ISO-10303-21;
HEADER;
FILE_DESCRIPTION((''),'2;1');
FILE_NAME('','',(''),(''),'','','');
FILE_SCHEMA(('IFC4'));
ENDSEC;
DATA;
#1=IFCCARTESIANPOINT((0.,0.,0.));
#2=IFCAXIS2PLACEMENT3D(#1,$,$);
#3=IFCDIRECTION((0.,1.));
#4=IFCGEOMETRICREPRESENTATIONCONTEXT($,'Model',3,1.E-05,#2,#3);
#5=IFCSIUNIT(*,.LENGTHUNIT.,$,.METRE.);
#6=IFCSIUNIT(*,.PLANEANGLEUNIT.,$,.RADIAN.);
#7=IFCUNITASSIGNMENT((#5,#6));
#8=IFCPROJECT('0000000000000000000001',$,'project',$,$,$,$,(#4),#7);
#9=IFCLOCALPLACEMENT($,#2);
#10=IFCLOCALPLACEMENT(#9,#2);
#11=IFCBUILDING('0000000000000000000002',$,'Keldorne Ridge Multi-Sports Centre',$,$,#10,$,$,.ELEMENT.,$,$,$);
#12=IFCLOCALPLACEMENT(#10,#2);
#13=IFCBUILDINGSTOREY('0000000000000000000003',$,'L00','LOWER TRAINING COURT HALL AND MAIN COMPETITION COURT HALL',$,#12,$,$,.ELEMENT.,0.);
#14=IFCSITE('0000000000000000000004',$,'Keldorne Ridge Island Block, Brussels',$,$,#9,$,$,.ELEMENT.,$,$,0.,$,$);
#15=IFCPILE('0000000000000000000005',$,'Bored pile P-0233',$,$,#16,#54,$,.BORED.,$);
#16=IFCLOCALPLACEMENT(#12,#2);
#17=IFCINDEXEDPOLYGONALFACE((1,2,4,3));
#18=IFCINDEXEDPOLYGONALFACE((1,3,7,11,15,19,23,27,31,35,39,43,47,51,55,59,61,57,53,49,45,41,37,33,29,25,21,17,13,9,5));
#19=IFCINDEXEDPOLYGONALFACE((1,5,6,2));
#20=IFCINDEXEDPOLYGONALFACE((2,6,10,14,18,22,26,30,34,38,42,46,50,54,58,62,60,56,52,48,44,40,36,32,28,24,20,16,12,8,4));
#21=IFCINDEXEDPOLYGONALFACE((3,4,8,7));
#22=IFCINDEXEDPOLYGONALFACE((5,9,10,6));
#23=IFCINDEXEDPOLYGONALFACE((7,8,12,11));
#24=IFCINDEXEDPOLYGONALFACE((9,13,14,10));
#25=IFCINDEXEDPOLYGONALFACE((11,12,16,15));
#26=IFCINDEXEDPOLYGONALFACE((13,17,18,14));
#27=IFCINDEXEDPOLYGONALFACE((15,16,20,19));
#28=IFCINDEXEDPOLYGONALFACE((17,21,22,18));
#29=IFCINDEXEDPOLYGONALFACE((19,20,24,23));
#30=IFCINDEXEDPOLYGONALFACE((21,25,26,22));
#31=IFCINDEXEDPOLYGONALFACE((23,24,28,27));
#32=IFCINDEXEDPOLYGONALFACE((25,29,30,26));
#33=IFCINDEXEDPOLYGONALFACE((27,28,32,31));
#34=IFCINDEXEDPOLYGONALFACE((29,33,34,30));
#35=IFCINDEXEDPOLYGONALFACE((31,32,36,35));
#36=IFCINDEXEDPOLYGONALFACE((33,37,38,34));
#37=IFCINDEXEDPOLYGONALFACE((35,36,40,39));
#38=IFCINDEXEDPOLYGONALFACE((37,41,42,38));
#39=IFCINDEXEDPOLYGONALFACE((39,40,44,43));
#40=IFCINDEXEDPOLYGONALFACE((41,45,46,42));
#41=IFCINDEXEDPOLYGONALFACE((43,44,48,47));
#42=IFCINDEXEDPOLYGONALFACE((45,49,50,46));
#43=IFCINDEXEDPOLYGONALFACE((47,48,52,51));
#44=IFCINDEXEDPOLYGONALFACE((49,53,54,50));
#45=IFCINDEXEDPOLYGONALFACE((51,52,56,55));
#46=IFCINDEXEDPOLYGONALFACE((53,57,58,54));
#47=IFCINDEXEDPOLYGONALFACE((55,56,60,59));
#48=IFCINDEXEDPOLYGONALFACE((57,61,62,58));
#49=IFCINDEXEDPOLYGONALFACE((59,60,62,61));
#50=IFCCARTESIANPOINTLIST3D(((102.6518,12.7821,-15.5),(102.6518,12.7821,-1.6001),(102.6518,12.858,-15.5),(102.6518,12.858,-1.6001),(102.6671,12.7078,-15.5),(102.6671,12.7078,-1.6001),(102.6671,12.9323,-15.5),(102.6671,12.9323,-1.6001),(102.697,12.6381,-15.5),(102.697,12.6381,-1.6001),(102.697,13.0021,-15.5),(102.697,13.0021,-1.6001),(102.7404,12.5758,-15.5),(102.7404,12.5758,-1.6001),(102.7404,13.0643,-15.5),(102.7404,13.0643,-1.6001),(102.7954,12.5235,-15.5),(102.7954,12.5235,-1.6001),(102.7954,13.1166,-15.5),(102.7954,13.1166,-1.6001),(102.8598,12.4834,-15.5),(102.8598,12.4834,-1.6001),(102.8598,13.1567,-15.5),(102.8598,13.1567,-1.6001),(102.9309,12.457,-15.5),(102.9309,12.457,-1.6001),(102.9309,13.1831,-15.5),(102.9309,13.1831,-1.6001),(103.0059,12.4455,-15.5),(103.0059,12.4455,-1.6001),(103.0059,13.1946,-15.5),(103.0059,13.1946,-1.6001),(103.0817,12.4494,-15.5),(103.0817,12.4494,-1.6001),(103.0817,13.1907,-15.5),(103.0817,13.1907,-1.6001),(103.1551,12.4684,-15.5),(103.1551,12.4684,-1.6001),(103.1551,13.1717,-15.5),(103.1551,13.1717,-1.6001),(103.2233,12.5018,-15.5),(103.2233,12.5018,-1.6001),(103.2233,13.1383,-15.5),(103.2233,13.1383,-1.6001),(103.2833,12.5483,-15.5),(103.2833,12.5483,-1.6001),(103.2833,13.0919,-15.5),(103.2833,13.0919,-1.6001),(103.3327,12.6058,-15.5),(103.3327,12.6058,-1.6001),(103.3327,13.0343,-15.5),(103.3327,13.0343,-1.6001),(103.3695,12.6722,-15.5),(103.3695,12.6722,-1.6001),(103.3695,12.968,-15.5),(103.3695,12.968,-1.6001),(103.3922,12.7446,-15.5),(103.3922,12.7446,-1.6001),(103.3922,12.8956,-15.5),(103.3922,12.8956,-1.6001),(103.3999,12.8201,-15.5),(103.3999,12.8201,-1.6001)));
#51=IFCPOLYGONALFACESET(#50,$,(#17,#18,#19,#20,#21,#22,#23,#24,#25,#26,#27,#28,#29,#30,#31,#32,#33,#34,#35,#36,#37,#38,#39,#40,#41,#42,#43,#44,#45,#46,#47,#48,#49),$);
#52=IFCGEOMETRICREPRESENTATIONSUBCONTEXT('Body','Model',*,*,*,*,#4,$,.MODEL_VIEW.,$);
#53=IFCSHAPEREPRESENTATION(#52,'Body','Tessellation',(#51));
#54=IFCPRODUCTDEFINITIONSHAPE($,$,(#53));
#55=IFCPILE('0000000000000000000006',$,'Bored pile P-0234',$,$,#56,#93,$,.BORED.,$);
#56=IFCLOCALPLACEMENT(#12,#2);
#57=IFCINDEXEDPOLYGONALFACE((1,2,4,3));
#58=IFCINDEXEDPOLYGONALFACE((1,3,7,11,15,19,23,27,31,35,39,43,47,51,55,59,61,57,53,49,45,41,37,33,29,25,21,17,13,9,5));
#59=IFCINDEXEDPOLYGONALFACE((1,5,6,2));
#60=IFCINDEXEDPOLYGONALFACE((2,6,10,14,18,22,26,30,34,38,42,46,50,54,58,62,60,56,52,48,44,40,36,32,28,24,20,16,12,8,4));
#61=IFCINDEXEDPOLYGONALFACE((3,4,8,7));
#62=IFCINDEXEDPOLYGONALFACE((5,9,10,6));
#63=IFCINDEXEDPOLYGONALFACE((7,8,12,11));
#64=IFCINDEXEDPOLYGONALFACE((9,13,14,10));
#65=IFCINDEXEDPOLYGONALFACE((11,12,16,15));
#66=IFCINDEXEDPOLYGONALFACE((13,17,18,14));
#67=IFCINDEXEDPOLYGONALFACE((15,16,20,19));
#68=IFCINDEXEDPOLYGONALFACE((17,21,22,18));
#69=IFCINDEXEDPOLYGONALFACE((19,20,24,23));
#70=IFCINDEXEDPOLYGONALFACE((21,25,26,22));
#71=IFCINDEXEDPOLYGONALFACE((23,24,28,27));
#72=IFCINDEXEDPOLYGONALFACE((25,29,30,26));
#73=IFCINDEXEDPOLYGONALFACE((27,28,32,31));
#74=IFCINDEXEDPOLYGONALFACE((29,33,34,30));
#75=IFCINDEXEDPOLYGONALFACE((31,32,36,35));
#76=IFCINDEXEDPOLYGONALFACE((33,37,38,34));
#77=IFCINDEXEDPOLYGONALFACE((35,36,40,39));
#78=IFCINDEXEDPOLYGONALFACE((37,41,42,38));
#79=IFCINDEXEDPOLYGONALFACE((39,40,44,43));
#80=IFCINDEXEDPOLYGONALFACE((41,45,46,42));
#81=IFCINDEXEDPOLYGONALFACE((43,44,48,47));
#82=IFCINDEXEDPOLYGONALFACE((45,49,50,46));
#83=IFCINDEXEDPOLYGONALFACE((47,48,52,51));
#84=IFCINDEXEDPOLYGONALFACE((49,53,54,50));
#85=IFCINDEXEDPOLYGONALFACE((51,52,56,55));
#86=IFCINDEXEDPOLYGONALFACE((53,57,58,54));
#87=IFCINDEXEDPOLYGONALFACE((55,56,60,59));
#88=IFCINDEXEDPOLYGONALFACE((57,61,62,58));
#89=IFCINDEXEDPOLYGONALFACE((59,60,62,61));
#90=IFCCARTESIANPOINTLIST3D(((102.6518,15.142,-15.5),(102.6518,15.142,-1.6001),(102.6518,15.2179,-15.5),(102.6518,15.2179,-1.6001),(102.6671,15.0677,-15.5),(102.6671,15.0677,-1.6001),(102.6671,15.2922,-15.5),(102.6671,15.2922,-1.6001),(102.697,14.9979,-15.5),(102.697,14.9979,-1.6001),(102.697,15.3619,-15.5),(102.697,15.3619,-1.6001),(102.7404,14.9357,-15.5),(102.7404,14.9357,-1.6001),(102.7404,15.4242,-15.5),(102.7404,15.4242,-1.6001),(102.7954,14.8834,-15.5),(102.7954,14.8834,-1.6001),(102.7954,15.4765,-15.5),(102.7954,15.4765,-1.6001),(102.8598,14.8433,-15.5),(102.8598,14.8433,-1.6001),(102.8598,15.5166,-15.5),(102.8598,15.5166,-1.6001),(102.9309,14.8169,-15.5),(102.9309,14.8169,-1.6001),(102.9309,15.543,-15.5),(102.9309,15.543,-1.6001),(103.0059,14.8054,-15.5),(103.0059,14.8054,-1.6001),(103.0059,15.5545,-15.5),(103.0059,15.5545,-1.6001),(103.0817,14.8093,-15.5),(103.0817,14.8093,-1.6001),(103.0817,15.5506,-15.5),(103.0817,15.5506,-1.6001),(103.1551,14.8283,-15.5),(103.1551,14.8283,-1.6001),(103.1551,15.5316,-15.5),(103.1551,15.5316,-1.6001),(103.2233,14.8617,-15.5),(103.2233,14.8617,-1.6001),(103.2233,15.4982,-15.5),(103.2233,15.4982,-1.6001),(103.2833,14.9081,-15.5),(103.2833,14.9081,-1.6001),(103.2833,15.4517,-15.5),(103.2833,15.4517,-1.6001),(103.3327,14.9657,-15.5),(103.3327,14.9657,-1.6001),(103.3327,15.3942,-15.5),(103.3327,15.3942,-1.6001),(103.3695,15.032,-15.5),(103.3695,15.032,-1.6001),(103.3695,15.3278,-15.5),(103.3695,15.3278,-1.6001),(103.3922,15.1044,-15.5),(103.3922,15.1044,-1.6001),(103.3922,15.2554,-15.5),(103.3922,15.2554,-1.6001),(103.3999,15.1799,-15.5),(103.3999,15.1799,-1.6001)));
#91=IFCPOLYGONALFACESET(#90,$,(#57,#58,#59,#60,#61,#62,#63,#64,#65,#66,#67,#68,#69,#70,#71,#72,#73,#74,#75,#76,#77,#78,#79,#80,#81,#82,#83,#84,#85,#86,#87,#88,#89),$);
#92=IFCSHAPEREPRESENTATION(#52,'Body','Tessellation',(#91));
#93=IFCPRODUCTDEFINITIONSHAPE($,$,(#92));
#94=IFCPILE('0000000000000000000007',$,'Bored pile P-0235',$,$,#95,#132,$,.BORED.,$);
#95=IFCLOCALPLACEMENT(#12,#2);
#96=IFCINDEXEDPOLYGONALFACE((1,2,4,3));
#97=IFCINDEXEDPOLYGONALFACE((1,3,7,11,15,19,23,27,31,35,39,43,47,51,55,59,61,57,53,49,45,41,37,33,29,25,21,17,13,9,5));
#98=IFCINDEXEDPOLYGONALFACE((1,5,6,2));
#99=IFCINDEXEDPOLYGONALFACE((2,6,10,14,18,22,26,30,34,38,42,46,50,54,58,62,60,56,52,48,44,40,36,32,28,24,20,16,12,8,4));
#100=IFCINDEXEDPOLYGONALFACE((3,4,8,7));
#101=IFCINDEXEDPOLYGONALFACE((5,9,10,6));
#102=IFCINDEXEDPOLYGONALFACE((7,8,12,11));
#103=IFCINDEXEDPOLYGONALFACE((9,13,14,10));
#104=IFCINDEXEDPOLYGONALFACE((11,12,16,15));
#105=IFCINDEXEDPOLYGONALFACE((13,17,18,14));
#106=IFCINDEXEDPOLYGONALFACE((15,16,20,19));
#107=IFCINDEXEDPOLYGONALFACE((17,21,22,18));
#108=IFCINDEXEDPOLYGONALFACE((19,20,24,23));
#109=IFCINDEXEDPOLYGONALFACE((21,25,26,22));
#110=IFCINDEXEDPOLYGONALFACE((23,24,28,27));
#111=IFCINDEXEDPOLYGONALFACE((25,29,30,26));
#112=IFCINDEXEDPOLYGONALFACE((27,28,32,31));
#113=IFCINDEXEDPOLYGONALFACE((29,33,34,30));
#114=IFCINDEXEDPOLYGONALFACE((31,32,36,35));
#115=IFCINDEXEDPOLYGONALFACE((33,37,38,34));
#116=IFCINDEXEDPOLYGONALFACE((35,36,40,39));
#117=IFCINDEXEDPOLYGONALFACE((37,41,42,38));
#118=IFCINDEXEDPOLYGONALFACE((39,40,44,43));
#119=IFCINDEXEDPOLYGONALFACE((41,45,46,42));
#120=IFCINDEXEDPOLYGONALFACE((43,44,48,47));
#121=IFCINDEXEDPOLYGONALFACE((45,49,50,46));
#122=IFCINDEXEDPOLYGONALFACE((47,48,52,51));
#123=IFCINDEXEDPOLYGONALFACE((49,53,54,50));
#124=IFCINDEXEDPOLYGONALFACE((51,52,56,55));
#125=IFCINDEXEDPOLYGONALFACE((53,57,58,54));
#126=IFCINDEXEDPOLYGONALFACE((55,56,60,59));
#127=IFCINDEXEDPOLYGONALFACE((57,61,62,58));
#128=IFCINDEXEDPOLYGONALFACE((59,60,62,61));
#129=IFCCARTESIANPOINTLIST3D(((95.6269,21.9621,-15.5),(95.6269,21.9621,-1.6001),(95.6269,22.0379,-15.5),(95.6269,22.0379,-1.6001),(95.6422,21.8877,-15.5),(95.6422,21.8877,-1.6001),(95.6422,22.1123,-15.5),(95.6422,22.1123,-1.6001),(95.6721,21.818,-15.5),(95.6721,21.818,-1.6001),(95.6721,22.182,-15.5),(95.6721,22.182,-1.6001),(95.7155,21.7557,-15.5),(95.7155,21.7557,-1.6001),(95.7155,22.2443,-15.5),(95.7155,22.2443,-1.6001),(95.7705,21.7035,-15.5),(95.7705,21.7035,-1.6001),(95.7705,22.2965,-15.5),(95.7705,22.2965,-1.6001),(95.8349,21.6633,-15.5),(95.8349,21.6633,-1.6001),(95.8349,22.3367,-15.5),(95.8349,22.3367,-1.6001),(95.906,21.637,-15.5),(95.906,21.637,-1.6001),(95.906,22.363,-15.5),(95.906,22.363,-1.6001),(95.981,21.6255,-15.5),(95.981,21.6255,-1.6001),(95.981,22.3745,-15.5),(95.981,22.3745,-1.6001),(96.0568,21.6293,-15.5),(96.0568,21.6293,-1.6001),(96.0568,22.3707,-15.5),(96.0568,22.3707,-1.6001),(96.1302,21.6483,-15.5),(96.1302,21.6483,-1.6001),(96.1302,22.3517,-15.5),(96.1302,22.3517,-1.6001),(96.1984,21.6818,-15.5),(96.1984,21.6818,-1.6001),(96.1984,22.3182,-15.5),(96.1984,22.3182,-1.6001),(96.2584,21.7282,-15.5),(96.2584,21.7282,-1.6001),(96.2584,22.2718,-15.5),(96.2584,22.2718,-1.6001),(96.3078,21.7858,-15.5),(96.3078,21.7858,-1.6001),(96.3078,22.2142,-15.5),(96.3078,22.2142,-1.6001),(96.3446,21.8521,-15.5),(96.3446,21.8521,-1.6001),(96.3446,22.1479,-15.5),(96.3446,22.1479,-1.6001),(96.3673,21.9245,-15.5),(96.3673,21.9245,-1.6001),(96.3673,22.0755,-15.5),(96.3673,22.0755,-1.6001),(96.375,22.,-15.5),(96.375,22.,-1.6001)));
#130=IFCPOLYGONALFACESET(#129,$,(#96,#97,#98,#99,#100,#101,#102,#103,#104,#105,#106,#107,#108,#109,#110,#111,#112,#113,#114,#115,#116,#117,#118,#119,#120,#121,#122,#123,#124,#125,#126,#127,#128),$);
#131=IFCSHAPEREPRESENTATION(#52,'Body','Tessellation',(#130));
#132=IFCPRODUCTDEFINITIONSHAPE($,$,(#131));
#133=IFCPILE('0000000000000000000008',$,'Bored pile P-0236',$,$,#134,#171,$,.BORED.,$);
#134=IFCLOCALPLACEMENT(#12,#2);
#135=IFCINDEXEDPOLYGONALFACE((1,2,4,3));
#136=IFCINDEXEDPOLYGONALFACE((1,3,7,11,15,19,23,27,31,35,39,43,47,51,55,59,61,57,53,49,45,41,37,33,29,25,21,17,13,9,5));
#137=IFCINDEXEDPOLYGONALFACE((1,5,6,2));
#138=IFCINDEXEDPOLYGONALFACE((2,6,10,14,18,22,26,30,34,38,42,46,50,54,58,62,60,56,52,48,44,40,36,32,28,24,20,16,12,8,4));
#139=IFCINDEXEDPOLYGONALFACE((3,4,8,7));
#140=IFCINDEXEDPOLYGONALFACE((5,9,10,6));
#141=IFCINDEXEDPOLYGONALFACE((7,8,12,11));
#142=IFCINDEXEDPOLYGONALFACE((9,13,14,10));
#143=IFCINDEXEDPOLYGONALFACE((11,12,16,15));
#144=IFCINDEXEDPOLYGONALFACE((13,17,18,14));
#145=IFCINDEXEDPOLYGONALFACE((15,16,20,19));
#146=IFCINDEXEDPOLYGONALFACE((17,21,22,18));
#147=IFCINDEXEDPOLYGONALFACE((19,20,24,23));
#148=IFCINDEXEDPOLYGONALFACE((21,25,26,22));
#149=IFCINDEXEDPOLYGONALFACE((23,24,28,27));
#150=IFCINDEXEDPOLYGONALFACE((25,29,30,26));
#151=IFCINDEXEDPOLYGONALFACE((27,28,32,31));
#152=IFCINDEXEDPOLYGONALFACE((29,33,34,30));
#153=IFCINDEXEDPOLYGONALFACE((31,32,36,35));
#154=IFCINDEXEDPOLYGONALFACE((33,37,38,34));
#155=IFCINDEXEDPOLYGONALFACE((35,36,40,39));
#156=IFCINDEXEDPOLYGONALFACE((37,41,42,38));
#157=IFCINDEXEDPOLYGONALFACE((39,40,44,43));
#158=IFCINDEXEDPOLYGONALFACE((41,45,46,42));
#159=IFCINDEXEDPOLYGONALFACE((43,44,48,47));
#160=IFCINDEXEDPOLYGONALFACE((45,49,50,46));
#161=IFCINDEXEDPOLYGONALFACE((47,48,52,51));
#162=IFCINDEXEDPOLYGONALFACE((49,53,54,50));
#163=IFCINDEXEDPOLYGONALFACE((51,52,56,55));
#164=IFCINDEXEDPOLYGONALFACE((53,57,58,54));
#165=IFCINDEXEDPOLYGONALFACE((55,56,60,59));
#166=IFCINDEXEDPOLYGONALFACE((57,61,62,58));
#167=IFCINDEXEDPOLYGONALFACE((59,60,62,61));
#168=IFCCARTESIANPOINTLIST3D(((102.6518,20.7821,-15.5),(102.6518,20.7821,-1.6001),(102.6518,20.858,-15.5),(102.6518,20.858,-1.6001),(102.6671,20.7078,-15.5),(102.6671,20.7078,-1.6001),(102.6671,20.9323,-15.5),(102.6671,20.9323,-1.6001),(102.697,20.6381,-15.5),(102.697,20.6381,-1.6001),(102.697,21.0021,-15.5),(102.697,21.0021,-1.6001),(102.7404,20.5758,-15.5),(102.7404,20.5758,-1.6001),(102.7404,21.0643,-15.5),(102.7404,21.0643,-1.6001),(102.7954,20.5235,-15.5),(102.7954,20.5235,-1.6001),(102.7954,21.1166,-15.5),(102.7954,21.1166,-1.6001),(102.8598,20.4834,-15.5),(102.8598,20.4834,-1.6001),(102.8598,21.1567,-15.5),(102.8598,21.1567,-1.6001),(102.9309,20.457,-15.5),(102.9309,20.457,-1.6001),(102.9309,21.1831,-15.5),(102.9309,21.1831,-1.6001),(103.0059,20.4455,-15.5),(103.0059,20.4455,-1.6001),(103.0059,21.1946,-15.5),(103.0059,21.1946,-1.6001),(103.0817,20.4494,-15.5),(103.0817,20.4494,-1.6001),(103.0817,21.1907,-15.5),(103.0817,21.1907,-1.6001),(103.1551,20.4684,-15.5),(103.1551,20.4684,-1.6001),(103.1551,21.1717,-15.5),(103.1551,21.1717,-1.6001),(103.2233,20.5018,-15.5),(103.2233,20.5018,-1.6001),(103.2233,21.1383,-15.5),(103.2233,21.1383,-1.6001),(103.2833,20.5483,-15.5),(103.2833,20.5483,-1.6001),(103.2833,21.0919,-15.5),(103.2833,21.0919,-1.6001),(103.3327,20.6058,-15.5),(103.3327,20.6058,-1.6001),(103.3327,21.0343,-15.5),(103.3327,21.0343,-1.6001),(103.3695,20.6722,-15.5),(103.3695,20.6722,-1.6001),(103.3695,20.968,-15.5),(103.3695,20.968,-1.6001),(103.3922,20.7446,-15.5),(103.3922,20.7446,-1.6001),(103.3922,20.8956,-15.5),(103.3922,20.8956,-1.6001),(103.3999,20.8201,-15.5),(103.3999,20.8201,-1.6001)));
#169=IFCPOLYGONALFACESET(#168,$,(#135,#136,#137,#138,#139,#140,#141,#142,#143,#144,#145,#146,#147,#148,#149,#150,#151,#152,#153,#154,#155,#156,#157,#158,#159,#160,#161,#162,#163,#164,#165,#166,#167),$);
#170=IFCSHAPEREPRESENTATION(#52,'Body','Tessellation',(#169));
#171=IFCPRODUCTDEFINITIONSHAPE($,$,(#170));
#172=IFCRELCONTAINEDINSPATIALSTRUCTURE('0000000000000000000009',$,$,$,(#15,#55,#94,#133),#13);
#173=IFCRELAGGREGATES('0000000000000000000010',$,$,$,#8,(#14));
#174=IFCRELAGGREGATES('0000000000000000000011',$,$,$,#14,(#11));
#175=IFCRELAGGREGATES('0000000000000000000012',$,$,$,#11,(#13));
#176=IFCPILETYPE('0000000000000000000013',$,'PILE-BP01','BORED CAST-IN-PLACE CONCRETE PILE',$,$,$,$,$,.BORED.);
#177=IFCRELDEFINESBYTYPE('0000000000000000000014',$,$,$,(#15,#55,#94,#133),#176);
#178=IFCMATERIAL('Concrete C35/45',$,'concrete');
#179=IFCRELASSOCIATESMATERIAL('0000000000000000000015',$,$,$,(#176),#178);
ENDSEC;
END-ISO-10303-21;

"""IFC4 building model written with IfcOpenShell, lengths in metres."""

from ifc_helpers import new_model, si_unit, direction, frame, origin, origin_2d, place, context, subcontext, project, spatial, circle, extrude, material, material_profile, profile_set, type_object, element, save


model = new_model("IFC4")

# Units and contexts
model_context = context("Model", 3, precision=1e-05, world=origin(), true_north=direction((0.0, 1.0)))
body_context = subcontext(model_context, "Body", "Model", "MODEL_VIEW")
ifc_project = project(units=[si_unit("LENGTHUNIT", "METRE"), si_unit("PLANEANGLEUNIT", "RADIAN")], contexts=[model_context])

# Site, building, storey
site_placement = place(None, origin())
site = spatial("IfcSite", under=ifc_project, at=site_placement, Name="Keldorne Ridge Island Block, Brussels", CompositionType="ELEMENT", RefElevation=0.0)
building_placement = place(site_placement, origin())
building = spatial("IfcBuilding", under=site, at=building_placement, Name="Keldorne Ridge Multi-Sports Centre", CompositionType="ELEMENT")
storey_placement = place(building_placement, origin())
storey = spatial("IfcBuildingStorey", under=building, at=storey_placement, Name="L00", Description="LOWER TRAINING COURT HALL AND MAIN COMPETITION COURT HALL", CompositionType="ELEMENT", Elevation=0.0)

# Shared definitions
ifc_material_1 = material(Name="Concrete C35/45", Category="concrete")

# Piles
ifc_material_profile_1 = material_profile(ifc_material_1, circle(Radius=0.375, at=origin_2d()), Name="BORED PILE D750")
ifc_profile_set_1 = profile_set([ifc_material_profile_1], Name="Concrete C35/45")
pile_type = type_object("IfcPileType", Name="PILE-BP01", Description="BORED CAST-IN-PLACE CONCRETE PILE", PredefinedType="BORED", material=ifc_profile_set_1)
for number, where, z_axis, x_axis, name in (
    (1, (103.0249, 12.8201, -1.6001), (0.0, 0.0, -1.0), (1.0, 0.0, 0.0), "Bored pile P-0233"),
    (2, (103.0249, 15.1799, -1.6001), (0.0, 0.0, -1.0), (1.0, 0.0, 0.0), "Bored pile P-0234"),
    (3, (96.0, 22.0, -1.6001), (0.0, 0.0, -1.0), (1.0, 0.0, 0.0), "Bored pile P-0235"),
    (4, (103.0249, 20.8201, -1.6001), (0.0, 0.0, -1.0), (1.0, 0.0, 0.0), "Bored pile P-0236"),
):
    element("IfcPile", number, at=place(storey_placement, frame(where, z_axis=z_axis, x_axis=x_axis)), inside=storey, type_object=pile_type, Name=name, PredefinedType="BORED", context=body_context, shape_type="SweptSolid", body=[
        extrude(circle(Radius=0.375, at=origin_2d()), origin(), (0.0, 0.0, 1.0), 13.8999),
    ])

save(model, "model.ifc")
